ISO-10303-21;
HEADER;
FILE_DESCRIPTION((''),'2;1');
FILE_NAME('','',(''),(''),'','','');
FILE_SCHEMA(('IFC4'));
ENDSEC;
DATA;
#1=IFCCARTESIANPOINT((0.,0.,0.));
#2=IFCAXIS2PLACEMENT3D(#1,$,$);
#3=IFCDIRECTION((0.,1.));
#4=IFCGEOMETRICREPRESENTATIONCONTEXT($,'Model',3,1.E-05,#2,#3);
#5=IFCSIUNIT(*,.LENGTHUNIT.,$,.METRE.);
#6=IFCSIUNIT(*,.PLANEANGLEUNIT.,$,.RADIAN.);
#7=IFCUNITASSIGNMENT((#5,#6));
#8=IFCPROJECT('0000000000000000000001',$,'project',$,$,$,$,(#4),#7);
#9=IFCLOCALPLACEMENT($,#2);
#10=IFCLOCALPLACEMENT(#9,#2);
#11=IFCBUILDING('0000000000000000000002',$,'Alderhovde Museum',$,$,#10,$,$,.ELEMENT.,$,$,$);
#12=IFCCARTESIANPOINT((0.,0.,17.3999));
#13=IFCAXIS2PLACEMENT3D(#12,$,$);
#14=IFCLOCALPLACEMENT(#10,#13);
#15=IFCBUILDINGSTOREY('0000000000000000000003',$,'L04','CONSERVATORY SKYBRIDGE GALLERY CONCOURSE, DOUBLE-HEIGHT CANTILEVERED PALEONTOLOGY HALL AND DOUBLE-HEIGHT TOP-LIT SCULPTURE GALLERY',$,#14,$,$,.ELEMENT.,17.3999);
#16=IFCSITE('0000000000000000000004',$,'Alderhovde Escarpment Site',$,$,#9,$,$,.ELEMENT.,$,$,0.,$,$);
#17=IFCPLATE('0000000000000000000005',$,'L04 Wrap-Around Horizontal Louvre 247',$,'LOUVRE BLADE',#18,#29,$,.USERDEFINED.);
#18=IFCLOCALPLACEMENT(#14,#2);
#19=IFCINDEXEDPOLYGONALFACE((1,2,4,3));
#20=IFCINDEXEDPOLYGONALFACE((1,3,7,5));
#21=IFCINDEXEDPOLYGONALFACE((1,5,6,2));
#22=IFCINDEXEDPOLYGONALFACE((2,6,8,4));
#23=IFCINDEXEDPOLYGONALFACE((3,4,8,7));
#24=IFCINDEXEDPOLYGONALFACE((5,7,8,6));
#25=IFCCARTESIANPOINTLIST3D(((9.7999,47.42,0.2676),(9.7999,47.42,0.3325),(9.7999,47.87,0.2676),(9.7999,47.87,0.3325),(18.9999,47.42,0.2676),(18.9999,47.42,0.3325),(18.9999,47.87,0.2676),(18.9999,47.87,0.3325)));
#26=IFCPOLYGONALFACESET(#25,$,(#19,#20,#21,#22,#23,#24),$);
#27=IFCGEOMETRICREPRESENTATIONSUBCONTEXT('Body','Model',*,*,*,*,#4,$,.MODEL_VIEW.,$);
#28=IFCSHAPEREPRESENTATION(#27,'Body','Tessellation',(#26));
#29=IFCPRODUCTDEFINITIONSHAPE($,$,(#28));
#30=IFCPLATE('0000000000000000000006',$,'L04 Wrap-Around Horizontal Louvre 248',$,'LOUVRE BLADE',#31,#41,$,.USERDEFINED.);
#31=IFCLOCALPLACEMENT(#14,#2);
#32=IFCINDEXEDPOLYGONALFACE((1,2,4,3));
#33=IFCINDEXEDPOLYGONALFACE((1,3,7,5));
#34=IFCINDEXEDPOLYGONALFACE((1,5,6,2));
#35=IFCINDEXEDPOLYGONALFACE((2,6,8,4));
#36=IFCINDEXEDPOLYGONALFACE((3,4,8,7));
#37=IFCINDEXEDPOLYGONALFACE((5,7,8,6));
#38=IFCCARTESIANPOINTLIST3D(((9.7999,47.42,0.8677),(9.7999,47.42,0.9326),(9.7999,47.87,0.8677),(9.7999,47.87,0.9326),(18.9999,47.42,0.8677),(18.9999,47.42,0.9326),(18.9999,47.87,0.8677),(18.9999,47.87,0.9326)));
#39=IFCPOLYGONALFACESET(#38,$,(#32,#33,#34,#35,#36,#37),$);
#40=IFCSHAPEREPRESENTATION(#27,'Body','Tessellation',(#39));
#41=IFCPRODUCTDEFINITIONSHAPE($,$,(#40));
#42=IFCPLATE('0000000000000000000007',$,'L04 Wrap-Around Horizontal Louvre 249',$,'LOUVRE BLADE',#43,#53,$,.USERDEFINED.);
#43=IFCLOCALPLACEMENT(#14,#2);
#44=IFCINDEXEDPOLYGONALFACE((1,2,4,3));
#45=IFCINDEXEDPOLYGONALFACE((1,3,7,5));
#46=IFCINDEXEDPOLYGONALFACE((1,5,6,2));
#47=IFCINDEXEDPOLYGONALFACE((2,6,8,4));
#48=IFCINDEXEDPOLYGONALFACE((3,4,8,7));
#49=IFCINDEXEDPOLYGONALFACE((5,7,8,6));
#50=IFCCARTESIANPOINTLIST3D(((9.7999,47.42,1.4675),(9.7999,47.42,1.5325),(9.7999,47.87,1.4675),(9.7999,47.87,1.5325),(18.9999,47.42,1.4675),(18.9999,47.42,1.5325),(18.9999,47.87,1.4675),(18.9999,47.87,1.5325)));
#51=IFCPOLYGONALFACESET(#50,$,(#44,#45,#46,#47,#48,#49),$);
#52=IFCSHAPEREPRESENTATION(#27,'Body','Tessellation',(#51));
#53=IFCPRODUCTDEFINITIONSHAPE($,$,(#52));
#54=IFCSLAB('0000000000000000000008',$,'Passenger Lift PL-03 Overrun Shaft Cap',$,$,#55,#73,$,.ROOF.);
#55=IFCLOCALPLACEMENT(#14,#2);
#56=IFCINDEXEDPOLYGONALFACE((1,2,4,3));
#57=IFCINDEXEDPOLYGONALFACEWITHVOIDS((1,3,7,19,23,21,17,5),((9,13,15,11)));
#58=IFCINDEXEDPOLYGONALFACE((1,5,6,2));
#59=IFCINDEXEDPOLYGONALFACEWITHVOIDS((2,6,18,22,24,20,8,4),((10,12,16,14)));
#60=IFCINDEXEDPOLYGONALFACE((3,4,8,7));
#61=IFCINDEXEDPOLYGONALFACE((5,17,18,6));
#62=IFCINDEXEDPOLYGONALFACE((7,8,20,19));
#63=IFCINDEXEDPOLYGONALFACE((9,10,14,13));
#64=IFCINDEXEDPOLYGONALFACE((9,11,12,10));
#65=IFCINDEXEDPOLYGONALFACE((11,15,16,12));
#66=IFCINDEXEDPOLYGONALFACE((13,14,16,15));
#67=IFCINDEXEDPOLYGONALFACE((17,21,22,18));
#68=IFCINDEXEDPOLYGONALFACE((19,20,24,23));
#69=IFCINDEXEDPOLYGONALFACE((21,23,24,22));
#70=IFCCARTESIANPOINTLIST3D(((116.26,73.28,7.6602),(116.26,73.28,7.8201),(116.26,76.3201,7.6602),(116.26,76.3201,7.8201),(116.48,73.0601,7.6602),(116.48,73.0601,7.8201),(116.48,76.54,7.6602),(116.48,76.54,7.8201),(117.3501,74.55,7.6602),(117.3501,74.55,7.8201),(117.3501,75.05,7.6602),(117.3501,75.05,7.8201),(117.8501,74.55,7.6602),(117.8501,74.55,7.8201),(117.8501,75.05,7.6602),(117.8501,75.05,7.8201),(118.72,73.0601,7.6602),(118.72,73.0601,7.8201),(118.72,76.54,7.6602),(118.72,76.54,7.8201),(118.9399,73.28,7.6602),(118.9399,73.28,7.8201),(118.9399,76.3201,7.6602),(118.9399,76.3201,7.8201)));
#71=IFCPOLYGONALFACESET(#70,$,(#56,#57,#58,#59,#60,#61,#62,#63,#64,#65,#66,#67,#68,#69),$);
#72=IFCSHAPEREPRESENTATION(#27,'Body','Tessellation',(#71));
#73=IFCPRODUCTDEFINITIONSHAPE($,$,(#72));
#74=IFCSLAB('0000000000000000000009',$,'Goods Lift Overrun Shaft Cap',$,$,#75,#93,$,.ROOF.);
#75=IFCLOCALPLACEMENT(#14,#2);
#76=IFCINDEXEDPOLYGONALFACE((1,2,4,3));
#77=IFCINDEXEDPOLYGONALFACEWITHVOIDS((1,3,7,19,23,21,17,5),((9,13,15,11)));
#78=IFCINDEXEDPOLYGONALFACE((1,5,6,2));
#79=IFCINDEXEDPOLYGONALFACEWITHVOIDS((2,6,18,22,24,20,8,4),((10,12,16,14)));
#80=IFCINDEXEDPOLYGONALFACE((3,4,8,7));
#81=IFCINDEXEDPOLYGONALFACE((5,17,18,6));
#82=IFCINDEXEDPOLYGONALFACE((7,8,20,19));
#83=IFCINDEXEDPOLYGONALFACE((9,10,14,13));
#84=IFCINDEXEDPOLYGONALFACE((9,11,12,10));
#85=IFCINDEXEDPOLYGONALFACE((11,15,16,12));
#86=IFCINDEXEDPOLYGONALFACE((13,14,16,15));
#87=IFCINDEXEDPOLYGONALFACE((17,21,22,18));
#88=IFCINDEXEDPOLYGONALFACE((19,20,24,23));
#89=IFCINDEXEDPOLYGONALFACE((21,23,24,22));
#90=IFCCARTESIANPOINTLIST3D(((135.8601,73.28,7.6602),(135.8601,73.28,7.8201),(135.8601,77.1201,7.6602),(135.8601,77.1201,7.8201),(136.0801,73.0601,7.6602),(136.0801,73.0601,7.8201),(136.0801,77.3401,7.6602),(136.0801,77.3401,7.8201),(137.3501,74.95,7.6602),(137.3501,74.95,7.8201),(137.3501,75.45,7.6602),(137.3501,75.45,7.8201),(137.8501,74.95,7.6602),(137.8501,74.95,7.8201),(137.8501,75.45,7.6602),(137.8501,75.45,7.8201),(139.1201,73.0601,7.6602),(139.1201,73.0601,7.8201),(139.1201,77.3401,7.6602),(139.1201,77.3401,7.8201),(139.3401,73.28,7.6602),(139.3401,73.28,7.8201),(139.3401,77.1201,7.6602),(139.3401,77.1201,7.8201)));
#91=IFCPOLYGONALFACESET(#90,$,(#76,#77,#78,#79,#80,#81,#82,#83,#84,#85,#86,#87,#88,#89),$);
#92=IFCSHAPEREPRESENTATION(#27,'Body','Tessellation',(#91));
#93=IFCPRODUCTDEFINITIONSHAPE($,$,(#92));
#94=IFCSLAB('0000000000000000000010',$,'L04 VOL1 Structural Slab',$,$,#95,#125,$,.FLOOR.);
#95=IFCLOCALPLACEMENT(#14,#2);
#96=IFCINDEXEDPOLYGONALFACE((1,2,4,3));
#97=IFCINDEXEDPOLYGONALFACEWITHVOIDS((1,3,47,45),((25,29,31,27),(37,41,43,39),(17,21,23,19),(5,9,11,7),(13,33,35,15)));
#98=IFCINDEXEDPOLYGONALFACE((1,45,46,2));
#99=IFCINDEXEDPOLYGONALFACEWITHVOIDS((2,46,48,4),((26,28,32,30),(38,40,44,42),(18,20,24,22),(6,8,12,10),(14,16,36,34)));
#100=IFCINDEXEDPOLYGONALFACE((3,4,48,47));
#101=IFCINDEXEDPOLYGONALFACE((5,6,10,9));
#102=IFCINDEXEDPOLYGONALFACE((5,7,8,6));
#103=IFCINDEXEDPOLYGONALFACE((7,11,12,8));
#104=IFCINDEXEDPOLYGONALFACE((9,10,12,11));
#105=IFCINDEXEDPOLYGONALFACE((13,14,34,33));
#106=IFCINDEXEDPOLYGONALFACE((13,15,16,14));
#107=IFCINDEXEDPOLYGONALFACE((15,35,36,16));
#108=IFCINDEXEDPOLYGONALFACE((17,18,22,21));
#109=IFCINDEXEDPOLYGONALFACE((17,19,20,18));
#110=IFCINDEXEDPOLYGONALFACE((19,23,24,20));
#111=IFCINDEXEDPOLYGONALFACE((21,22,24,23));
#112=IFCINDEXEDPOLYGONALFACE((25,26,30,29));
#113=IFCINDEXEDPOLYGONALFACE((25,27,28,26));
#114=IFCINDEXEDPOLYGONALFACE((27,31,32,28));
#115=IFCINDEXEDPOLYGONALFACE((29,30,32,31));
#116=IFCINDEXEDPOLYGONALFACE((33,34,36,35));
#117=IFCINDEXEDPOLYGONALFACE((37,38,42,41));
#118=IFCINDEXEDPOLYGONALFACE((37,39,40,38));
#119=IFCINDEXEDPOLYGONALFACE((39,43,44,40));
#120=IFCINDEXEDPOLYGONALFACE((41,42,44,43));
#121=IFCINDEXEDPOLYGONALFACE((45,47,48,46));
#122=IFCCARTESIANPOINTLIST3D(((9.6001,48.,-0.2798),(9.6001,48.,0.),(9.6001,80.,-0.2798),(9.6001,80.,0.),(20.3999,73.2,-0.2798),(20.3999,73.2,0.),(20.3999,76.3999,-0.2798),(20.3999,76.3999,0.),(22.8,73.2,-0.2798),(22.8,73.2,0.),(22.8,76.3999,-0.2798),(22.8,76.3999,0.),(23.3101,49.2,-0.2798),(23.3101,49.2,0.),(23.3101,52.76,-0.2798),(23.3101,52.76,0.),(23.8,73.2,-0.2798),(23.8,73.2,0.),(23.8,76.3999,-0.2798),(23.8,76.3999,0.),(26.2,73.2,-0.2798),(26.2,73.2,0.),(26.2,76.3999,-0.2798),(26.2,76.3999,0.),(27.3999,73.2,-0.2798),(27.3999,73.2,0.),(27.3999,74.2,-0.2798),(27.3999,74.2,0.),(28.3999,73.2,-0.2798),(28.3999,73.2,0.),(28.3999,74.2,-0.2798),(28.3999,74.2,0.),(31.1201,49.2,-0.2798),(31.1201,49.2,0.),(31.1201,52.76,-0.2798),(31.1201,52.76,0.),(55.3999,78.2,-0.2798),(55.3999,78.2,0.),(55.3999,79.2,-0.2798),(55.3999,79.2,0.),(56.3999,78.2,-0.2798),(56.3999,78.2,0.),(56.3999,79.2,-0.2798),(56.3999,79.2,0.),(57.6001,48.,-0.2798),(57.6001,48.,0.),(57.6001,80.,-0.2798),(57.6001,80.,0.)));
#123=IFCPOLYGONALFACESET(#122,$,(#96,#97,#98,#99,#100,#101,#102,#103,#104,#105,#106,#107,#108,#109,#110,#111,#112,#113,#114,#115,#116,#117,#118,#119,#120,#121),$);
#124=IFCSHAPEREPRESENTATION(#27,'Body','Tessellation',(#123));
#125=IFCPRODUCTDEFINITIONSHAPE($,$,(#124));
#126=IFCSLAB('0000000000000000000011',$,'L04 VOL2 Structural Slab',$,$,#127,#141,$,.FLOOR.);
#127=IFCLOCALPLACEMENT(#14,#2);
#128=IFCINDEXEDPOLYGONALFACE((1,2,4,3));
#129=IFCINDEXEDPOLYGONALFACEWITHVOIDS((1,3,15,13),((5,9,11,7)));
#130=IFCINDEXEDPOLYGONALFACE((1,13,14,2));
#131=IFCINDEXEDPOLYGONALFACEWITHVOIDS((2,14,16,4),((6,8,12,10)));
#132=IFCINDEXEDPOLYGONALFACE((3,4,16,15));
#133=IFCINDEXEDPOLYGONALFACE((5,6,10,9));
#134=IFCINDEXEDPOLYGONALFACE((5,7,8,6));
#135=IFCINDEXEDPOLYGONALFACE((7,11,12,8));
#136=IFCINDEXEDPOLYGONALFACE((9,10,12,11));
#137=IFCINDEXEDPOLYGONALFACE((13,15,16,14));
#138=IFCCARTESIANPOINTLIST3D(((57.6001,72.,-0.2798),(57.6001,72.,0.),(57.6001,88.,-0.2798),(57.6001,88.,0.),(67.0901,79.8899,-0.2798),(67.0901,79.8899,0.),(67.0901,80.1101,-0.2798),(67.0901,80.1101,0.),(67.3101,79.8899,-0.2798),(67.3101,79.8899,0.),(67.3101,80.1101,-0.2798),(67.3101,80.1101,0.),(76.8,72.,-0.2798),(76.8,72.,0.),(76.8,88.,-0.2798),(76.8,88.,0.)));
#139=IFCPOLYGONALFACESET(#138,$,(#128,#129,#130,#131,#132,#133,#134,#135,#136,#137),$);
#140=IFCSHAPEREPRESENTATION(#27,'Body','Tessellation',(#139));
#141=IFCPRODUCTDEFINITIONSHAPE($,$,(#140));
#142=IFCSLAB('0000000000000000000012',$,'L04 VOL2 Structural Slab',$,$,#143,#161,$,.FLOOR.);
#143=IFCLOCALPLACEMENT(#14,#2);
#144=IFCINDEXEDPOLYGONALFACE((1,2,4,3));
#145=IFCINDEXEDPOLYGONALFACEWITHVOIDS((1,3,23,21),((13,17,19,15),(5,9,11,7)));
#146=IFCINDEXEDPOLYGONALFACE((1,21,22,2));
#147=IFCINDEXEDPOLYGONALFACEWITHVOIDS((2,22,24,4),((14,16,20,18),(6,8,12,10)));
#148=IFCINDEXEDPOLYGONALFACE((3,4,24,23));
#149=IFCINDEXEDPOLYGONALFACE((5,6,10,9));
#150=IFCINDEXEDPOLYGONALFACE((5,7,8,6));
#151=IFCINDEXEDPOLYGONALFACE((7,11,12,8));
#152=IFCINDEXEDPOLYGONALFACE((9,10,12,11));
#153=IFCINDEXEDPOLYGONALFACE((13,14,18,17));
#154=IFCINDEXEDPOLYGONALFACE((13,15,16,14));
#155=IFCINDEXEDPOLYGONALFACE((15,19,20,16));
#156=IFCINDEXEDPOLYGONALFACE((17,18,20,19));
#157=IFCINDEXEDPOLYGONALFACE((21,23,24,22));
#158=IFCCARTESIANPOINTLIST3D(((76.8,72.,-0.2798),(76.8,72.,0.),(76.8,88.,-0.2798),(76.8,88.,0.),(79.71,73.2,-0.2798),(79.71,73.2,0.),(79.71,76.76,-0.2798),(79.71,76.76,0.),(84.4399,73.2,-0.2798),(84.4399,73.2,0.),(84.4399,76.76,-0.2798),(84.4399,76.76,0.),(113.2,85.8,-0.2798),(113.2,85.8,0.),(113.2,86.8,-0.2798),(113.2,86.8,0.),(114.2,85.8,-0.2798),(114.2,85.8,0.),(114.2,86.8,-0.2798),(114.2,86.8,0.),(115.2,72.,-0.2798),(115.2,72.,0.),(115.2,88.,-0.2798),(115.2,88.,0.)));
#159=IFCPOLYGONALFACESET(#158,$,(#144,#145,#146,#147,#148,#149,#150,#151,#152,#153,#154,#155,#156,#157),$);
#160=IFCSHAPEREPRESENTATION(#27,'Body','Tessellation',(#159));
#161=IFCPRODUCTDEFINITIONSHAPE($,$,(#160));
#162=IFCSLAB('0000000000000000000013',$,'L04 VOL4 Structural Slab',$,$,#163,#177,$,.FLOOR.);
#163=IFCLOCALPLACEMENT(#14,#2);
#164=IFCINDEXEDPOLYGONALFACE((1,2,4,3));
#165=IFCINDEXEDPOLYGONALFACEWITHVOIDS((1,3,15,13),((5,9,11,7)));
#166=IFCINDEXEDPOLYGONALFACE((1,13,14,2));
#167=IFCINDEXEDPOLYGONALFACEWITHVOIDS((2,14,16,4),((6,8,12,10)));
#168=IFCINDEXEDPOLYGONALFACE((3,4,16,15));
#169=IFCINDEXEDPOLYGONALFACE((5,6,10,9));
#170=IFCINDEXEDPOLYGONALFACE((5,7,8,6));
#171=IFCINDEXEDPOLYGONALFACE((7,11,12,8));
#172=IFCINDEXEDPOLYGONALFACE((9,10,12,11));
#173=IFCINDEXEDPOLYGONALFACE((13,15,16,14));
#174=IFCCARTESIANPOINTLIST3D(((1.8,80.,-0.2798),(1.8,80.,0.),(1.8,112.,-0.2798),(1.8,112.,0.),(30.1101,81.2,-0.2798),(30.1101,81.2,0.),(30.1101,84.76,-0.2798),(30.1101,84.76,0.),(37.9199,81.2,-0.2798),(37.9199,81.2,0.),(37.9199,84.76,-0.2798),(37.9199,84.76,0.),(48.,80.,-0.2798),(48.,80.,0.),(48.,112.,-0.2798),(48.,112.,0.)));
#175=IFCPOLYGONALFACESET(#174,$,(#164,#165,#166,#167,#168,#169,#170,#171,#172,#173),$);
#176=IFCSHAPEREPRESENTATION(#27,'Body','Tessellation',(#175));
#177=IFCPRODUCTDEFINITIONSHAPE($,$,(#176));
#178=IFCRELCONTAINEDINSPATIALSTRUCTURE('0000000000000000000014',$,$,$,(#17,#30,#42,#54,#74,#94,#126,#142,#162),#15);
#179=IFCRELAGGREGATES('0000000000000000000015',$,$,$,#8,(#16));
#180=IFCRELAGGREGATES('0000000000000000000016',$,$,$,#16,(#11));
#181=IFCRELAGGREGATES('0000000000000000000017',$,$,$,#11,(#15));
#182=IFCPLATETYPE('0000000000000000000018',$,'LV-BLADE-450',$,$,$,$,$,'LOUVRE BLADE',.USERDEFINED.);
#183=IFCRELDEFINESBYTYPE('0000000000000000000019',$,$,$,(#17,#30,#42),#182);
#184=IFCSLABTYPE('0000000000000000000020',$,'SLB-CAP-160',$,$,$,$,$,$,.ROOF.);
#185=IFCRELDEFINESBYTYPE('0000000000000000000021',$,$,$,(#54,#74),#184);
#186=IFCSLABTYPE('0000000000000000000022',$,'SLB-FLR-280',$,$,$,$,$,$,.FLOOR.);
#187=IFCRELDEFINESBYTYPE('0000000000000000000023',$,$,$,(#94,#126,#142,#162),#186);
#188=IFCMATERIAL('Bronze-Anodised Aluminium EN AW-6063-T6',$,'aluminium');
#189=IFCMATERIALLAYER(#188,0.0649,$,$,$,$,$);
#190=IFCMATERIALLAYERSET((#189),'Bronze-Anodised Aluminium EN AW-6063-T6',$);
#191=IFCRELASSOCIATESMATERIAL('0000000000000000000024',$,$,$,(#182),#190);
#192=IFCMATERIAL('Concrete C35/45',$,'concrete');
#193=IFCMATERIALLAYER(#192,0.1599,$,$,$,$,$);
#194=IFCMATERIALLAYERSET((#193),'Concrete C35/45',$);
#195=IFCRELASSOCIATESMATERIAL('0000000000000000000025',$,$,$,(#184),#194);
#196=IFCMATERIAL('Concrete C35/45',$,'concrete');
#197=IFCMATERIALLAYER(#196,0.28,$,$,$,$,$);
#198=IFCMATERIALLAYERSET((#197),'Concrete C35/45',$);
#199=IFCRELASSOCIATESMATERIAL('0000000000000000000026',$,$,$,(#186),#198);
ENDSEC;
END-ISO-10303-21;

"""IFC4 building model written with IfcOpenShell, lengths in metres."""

from ifc_helpers import new_model, si_unit, direction, frame, origin, origin_2d, place, context, subcontext, project, spatial, polyline, rectangle, outline, extrude, material, layer, layer_set, type_object, element, save


model = new_model("IFC4")

# Units and contexts
model_context = context("Model", 3, precision=1e-05, world=origin(), true_north=direction((0.0, 1.0)))
body_context = subcontext(model_context, "Body", "Model", "MODEL_VIEW")
ifc_project = project(units=[si_unit("LENGTHUNIT", "METRE"), si_unit("PLANEANGLEUNIT", "RADIAN")], contexts=[model_context])

# Site, building, storey
site_placement = place(None, origin())
site = spatial("IfcSite", under=ifc_project, at=site_placement, Name="Alderhovde Escarpment Site", CompositionType="ELEMENT", RefElevation=0.0)
building_placement = place(site_placement, origin())
building = spatial("IfcBuilding", under=site, at=building_placement, Name="Alderhovde Museum", CompositionType="ELEMENT")
storey_placement = place(building_placement, frame((0.0, 0.0, 17.3999)))
storey = spatial("IfcBuildingStorey", under=building, at=storey_placement, Name="L04", Description="CONSERVATORY SKYBRIDGE GALLERY CONCOURSE, DOUBLE-HEIGHT CANTILEVERED PALEONTOLOGY HALL AND DOUBLE-HEIGHT TOP-LIT SCULPTURE GALLERY", CompositionType="ELEMENT", Elevation=17.3999)

# Plates
ifc_material_1 = material(Name="Bronze-Anodised Aluminium EN AW-6063-T6", Category="aluminium")
ifc_layer_1 = layer(ifc_material_1, 0.0649)
ifc_layer_set_1 = layer_set([ifc_layer_1], Name="Bronze-Anodised Aluminium EN AW-6063-T6")
plate_type = type_object("IfcPlateType", Name="LV-BLADE-450", ElementType="LOUVRE BLADE", PredefinedType="USERDEFINED", material=ifc_layer_set_1)
for number, where, z_axis, x_axis, name in (
    (1, (14.3999, 47.645, 0.2676), (0.0, 0.0, 1.0), (1.0, 0.0, 0.0), "L04 Wrap-Around Horizontal Louvre 247"),
    (2, (14.3999, 47.645, 0.8677), (0.0, 0.0, 1.0), (1.0, 0.0, 0.0), "L04 Wrap-Around Horizontal Louvre 248"),
    (3, (14.3999, 47.645, 1.4675), (0.0, 0.0, 1.0), (1.0, 0.0, 0.0), "L04 Wrap-Around Horizontal Louvre 249"),
):
    element("IfcPlate", number, at=place(storey_placement, frame(where, z_axis=z_axis, x_axis=x_axis)), inside=storey, type_object=plate_type, Name=name, ObjectType="LOUVRE BLADE", PredefinedType="USERDEFINED", context=body_context, shape_type="SweptSolid", body=[
        extrude(rectangle(XDim=9.2, YDim=0.45, at=origin_2d()), origin(), (0.0, 0.0, 1.0), 0.0649),
    ])

# Slabs
ifc_material_2 = material(Name="Concrete C35/45", Category="concrete")
ifc_layer_2 = layer(ifc_material_2, 0.1599)
ifc_layer_set_2 = layer_set([ifc_layer_2], Name="Concrete C35/45")
slab_type_1 = type_object("IfcSlabType", Name="SLB-CAP-160", PredefinedType="ROOF", material=ifc_layer_set_2)
slab_1_placement = place(storey_placement, frame((0.0, 0.0, 7.6602)))
element("IfcSlab", 4, at=slab_1_placement, inside=storey, type_object=slab_type_1, Name="Passenger Lift PL-03 Overrun Shaft Cap", PredefinedType="ROOF", context=body_context, shape_type="SweptSolid", body=[
    extrude(outline(polyline([(116.48, 73.0601), (118.72, 73.0601), (118.9399, 73.28), (118.9399, 76.3201), (118.72, 76.54), (116.48, 76.54), (116.26, 76.3201), (116.26, 73.28), (116.48, 73.0601)]), holes=[polyline([(117.3501, 74.55), (117.8501, 74.55), (117.8501, 75.05), (117.3501, 75.05), (117.3501, 74.55)])]), origin(), (0.0, 0.0, 1.0), 0.1599),
])
slab_2_placement = place(storey_placement, frame((0.0, 0.0, 7.6602)))
element("IfcSlab", 5, at=slab_2_placement, inside=storey, type_object=slab_type_1, Name="Goods Lift Overrun Shaft Cap", PredefinedType="ROOF", context=body_context, shape_type="SweptSolid", body=[
    extrude(outline(polyline([(136.0801, 73.0601), (139.1201, 73.0601), (139.3401, 73.28), (139.3401, 77.1201), (139.1201, 77.3401), (136.0801, 77.3401), (135.8601, 77.1201), (135.8601, 73.28), (136.0801, 73.0601)]), holes=[polyline([(137.3501, 74.95), (137.8501, 74.95), (137.8501, 75.45), (137.3501, 75.45), (137.3501, 74.95)])]), origin(), (0.0, 0.0, 1.0), 0.1599),
])
ifc_material_3 = material(Name="Concrete C35/45", Category="concrete")
ifc_layer_3 = layer(ifc_material_3, 0.28)
ifc_layer_set_3 = layer_set([ifc_layer_3], Name="Concrete C35/45")
slab_type_2 = type_object("IfcSlabType", Name="SLB-FLR-280", PredefinedType="FLOOR", material=ifc_layer_set_3)
slab_3_placement = place(storey_placement, frame((0.0, 0.0, -0.2798)))
element("IfcSlab", 6, at=slab_3_placement, inside=storey, type_object=slab_type_2, Name="L04 VOL1 Structural Slab", PredefinedType="FLOOR", context=body_context, shape_type="SweptSolid", body=[
    extrude(outline(polyline([(9.6001, 48.0), (57.6001, 48.0), (57.6001, 80.0), (9.6001, 80.0), (9.6001, 48.0)]), holes=[polyline([(23.3101, 49.2), (31.1201, 49.2), (31.1201, 52.76), (23.3101, 52.76), (23.3101, 49.2)]), polyline([(20.3999, 73.2), (22.8, 73.2), (22.8, 76.3999), (20.3999, 76.3999), (20.3999, 73.2)]), polyline([(23.8, 73.2), (26.2, 73.2), (26.2, 76.3999), (23.8, 76.3999), (23.8, 73.2)]), polyline([(27.3999, 73.2), (28.3999, 73.2), (28.3999, 74.2), (27.3999, 74.2), (27.3999, 73.2)]), polyline([(55.3999, 78.2), (56.3999, 78.2), (56.3999, 79.2), (55.3999, 79.2), (55.3999, 78.2)])]), origin(), (0.0, 0.0, 1.0), 0.2798),
])
slab_4_placement = place(storey_placement, frame((0.0, 0.0, -0.2798)))
element("IfcSlab", 7, at=slab_4_placement, inside=storey, type_object=slab_type_2, Name="L04 VOL2 Structural Slab", PredefinedType="FLOOR", context=body_context, shape_type="SweptSolid", body=[
    extrude(outline(polyline([(57.6001, 72.0), (76.8, 72.0), (76.8, 88.0), (57.6001, 88.0), (57.6001, 72.0)]), holes=[polyline([(67.0901, 79.8899), (67.3101, 79.8899), (67.3101, 80.1101), (67.0901, 80.1101), (67.0901, 79.8899)])]), origin(), (0.0, 0.0, 1.0), 0.2798),
])
slab_5_placement = place(storey_placement, frame((0.0, 0.0, -0.2798)))
element("IfcSlab", 8, at=slab_5_placement, inside=storey, type_object=slab_type_2, Name="L04 VOL2 Structural Slab", PredefinedType="FLOOR", context=body_context, shape_type="SweptSolid", body=[
    extrude(outline(polyline([(76.8, 72.0), (115.2, 72.0), (115.2, 88.0), (76.8, 88.0), (76.8, 72.0)]), holes=[polyline([(79.71, 73.2), (84.4399, 73.2), (84.4399, 76.76), (79.71, 76.76), (79.71, 73.2)]), polyline([(113.2, 85.8), (114.2, 85.8), (114.2, 86.8), (113.2, 86.8), (113.2, 85.8)])]), origin(), (0.0, 0.0, 1.0), 0.2798),
])
slab_6_placement = place(storey_placement, frame((0.0, 0.0, -0.2798)))
element("IfcSlab", 9, at=slab_6_placement, inside=storey, type_object=slab_type_2, Name="L04 VOL4 Structural Slab", PredefinedType="FLOOR", context=body_context, shape_type="SweptSolid", body=[
    extrude(outline(polyline([(1.8, 80.0), (48.0, 80.0), (48.0, 112.0), (1.8, 112.0), (1.8, 80.0)]), holes=[polyline([(30.1101, 81.2), (37.9199, 81.2), (37.9199, 84.76), (30.1101, 84.76), (30.1101, 81.2)])]), origin(), (0.0, 0.0, 1.0), 0.2798),
])

save(model, "model.ifc")
